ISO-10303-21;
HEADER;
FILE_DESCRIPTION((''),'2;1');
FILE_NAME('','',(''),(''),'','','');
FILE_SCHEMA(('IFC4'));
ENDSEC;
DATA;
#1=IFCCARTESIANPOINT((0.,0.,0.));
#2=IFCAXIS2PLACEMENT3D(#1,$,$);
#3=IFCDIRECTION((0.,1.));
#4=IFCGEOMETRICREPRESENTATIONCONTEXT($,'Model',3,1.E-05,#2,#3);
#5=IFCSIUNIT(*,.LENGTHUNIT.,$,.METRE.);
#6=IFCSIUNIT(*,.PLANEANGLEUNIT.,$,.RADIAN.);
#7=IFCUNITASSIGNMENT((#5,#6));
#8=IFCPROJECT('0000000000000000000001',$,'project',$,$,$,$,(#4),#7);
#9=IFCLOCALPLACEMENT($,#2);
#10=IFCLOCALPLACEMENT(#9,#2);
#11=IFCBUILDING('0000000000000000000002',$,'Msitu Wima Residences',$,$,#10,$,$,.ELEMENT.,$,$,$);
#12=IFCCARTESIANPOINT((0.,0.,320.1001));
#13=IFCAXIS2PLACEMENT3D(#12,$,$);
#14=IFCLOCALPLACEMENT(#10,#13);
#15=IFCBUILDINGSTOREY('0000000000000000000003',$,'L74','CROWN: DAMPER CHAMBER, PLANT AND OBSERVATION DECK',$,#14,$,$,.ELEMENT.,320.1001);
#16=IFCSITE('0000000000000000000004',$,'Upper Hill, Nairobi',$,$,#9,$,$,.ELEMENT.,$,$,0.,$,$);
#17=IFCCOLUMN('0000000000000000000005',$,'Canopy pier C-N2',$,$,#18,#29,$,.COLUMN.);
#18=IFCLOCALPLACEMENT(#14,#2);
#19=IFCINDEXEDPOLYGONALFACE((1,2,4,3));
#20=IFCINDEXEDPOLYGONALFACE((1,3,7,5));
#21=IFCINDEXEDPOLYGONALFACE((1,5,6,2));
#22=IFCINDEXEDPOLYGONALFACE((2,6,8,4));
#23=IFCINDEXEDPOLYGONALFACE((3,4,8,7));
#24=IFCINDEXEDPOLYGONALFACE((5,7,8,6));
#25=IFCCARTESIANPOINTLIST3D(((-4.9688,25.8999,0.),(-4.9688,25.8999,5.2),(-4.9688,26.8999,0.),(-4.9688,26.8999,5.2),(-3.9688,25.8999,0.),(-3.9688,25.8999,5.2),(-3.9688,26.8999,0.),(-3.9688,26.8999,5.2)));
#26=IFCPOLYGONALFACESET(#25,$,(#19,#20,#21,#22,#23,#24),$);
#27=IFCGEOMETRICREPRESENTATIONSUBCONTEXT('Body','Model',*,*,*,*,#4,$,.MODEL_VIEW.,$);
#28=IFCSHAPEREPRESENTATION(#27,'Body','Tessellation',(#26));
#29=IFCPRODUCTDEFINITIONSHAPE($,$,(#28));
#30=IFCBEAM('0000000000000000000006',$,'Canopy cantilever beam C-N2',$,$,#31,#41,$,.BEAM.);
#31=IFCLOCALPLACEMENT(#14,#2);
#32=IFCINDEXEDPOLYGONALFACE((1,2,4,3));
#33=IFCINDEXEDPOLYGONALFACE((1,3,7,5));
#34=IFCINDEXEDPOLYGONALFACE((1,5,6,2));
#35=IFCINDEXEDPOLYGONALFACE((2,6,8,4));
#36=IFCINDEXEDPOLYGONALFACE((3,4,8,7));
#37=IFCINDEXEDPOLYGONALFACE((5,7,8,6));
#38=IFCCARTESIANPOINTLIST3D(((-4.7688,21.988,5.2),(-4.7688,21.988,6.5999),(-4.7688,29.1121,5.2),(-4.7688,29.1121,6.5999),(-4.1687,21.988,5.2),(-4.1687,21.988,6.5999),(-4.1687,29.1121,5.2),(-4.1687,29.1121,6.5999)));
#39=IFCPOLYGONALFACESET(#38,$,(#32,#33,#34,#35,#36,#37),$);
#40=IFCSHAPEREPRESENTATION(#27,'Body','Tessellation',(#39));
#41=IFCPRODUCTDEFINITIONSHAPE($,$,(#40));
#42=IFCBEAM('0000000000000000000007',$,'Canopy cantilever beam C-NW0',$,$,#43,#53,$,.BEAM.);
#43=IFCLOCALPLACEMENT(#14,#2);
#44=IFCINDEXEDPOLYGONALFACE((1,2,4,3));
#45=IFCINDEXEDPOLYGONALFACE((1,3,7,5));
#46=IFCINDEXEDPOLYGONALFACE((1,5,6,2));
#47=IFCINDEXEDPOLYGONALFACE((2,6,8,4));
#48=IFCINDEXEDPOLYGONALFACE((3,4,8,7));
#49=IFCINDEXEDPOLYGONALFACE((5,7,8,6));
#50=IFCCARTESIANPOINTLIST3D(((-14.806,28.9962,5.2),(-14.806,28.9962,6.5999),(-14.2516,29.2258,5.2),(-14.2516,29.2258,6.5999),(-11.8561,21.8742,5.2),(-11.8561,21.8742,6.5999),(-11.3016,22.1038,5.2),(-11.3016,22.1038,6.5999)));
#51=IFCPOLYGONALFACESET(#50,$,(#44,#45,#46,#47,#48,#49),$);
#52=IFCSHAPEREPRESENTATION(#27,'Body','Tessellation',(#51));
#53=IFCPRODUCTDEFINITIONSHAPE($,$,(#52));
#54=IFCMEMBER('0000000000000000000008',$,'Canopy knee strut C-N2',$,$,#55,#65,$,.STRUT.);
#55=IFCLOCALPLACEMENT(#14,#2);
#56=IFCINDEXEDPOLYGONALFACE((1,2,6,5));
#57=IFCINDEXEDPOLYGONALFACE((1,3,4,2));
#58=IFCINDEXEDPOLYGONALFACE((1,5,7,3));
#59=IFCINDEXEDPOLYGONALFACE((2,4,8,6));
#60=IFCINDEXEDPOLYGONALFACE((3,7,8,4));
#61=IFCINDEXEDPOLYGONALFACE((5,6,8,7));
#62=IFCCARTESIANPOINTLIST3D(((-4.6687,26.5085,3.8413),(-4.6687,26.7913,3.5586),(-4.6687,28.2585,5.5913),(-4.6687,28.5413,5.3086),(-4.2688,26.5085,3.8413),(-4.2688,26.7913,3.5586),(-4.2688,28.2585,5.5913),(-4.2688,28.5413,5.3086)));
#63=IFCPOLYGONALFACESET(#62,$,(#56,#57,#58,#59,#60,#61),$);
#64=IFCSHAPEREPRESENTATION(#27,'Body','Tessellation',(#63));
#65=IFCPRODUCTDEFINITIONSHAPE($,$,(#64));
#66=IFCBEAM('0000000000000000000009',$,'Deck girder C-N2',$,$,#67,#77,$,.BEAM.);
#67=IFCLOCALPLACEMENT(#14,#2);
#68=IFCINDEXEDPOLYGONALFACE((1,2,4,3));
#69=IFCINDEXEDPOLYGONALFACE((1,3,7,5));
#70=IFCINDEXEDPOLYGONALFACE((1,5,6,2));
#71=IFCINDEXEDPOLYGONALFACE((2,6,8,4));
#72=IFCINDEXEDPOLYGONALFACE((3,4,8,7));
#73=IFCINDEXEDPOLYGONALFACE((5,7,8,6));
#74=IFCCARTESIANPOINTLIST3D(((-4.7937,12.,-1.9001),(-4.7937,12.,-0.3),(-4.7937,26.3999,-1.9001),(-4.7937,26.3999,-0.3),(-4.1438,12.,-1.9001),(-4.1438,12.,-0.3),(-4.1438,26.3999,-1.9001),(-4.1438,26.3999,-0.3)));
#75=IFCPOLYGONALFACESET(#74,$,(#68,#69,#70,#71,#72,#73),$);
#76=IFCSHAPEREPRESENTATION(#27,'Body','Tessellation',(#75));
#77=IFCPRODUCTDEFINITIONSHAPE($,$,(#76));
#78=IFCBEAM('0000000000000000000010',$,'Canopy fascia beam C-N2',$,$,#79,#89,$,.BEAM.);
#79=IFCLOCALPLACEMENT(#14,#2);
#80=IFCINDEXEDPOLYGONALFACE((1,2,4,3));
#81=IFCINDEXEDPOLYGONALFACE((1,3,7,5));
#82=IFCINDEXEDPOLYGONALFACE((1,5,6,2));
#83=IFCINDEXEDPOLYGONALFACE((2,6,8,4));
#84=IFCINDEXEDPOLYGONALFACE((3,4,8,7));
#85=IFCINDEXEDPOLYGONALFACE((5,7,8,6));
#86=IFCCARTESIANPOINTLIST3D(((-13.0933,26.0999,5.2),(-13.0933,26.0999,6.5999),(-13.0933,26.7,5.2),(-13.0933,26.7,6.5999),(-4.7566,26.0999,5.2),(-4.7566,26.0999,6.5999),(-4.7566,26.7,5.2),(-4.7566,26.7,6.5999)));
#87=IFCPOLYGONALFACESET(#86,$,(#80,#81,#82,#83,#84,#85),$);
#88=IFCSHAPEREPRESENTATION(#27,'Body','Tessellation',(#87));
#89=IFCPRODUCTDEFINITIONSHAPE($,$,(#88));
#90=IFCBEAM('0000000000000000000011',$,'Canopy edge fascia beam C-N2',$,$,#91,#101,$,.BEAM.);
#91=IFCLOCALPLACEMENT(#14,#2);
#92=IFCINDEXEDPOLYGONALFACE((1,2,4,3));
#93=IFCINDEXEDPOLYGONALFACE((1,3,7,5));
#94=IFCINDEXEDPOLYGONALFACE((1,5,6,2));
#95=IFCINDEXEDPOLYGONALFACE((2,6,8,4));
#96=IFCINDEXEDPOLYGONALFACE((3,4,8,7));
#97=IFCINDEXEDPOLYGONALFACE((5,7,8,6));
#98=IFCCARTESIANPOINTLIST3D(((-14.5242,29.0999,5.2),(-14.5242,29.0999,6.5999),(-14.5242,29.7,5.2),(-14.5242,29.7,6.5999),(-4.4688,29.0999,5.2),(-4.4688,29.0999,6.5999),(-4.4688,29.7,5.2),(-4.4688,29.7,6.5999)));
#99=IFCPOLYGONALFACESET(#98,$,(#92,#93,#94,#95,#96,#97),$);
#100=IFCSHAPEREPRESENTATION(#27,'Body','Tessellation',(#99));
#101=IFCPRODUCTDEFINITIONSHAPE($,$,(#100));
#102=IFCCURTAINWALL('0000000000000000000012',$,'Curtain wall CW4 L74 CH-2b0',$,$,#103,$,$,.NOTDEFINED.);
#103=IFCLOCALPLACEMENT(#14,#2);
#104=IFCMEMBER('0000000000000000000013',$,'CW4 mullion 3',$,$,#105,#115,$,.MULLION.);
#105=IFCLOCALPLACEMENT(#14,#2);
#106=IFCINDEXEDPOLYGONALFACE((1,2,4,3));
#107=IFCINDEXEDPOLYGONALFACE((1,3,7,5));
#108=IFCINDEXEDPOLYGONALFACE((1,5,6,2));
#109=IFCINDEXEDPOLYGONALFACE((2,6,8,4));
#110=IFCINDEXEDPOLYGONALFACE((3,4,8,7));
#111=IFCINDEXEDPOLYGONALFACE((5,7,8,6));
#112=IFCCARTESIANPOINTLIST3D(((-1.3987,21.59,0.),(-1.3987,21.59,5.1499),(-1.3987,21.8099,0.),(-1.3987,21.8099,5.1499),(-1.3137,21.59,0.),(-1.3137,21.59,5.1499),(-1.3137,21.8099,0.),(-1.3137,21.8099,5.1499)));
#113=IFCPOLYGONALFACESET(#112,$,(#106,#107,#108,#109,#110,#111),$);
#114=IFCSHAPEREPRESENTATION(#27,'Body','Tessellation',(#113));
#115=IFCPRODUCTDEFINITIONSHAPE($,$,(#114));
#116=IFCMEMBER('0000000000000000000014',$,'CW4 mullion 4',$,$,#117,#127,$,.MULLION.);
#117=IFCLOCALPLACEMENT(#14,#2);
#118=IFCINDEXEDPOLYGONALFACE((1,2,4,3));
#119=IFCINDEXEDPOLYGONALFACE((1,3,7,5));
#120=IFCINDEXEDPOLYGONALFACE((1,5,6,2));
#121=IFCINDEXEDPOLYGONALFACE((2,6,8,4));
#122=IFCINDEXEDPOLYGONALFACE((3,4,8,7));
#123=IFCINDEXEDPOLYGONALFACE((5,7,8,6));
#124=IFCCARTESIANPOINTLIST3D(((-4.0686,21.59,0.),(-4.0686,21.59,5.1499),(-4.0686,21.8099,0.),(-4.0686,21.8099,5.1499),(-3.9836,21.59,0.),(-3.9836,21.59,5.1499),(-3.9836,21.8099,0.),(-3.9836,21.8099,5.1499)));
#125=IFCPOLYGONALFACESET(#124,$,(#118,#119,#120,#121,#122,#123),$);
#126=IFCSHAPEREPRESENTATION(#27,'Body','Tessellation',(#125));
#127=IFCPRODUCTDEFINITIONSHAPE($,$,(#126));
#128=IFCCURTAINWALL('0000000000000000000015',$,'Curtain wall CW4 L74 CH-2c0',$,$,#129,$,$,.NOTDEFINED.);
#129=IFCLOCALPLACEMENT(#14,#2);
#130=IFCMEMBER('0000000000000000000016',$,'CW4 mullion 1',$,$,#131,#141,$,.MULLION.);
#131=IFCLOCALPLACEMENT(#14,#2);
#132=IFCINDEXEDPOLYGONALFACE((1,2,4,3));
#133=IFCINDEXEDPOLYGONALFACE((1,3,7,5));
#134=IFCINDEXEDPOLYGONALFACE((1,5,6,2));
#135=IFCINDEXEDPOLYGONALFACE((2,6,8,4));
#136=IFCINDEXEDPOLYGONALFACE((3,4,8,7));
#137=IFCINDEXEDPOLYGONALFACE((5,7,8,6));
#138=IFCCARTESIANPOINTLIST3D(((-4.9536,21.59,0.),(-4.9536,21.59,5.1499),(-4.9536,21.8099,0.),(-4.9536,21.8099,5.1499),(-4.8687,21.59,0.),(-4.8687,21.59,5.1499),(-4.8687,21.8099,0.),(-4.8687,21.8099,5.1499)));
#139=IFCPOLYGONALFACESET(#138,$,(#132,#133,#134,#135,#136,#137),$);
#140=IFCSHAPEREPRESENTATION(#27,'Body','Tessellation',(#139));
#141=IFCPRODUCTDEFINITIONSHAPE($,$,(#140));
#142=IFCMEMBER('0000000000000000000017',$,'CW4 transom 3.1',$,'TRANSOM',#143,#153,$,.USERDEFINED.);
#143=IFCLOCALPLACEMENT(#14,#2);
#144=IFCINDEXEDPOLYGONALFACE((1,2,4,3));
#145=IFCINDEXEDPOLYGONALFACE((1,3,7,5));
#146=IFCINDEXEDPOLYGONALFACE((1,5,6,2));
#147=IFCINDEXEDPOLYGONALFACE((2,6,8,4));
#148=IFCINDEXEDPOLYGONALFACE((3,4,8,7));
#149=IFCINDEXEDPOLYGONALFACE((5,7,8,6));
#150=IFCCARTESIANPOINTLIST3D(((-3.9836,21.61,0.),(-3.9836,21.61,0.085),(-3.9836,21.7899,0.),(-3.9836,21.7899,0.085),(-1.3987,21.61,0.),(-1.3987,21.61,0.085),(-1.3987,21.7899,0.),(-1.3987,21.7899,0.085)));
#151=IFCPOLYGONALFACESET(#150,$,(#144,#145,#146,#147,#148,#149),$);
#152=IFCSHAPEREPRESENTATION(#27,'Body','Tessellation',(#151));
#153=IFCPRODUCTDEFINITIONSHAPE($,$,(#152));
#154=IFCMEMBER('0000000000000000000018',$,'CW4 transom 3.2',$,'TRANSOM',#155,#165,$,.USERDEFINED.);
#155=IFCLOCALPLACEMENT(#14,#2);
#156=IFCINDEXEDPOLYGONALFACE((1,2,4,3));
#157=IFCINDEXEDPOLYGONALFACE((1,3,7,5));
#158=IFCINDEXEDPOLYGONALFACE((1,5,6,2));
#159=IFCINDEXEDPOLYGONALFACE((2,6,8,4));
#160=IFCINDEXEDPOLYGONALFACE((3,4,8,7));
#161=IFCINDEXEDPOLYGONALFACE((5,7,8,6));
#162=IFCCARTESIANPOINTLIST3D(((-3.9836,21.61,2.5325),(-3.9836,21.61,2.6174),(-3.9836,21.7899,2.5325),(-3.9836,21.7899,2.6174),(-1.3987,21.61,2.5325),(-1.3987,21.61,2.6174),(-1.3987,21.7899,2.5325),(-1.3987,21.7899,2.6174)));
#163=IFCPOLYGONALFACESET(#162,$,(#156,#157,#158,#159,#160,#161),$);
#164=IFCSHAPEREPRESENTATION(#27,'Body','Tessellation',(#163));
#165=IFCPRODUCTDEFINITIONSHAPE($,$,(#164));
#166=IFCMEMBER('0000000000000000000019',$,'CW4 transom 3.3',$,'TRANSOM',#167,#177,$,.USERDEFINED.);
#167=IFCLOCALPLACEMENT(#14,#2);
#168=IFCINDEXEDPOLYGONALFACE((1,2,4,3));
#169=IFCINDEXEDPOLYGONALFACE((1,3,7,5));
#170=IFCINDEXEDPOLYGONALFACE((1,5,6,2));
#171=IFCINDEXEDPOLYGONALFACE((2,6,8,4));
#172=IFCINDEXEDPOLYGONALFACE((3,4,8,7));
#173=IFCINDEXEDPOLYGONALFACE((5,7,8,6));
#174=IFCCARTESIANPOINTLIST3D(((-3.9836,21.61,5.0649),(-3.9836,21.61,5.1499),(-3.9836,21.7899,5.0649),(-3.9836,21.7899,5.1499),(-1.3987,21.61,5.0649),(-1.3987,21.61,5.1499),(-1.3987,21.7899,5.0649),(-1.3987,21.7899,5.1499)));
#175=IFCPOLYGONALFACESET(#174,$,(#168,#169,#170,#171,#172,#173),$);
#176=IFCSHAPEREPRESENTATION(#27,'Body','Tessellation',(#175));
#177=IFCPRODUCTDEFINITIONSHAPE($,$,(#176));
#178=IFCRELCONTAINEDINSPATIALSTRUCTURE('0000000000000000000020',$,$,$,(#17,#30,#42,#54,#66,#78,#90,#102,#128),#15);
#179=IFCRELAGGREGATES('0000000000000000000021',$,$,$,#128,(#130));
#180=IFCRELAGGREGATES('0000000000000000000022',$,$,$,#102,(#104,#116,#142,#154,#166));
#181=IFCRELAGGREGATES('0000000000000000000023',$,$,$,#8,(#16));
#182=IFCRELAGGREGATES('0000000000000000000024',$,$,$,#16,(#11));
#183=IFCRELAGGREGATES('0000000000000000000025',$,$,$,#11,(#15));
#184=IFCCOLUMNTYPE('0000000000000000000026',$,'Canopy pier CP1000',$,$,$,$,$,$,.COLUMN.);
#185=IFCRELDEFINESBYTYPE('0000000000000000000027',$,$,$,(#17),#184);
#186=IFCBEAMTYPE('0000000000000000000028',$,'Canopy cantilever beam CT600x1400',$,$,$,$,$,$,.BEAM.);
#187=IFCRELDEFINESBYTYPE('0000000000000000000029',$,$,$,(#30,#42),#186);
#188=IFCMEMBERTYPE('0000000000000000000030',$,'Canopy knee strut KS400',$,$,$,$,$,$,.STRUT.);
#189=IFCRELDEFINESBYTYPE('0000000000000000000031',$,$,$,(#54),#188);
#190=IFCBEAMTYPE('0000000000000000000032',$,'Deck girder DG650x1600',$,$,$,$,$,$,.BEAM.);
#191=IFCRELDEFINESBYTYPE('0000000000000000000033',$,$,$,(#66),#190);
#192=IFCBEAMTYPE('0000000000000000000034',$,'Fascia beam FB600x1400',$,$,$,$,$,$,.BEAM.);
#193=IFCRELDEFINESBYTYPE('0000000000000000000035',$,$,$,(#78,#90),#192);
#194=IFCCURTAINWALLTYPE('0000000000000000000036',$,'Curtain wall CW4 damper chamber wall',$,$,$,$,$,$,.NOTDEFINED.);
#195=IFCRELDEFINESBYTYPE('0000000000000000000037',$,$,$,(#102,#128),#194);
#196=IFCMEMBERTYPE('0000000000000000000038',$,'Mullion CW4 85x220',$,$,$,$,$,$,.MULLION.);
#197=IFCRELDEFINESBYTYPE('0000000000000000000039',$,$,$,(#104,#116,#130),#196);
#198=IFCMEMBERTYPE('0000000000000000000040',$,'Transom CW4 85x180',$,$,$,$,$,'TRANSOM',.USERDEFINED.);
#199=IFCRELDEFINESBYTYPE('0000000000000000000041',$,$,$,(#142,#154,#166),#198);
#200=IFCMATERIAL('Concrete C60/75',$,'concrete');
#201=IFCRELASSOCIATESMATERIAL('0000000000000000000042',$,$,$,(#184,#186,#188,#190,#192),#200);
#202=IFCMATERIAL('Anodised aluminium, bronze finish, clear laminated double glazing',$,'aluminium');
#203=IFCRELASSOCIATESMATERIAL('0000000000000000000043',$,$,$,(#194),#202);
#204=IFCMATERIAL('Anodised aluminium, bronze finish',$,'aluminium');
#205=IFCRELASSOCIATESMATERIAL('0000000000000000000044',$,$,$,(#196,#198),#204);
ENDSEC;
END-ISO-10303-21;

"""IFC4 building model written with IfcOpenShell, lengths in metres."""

from ifc_helpers import new_model, si_unit, direction, frame, origin, origin_2d, place, context, subcontext, project, spatial, rectangle, extrude, material, material_profile, profile_set, type_object, element, aggregate, save


model = new_model("IFC4")

# Units and contexts
model_context = context("Model", 3, precision=1e-05, world=origin(), true_north=direction((0.0, 1.0)))
body_context = subcontext(model_context, "Body", "Model", "MODEL_VIEW")
ifc_project = project(units=[si_unit("LENGTHUNIT", "METRE"), si_unit("PLANEANGLEUNIT", "RADIAN")], contexts=[model_context])

# Site, building, storey
site_placement = place(None, origin())
site = spatial("IfcSite", under=ifc_project, at=site_placement, Name="Upper Hill, Nairobi", CompositionType="ELEMENT", RefElevation=0.0)
building_placement = place(site_placement, origin())
building = spatial("IfcBuilding", under=site, at=building_placement, Name="Msitu Wima Residences", CompositionType="ELEMENT")
storey_placement = place(building_placement, frame((0.0, 0.0, 320.1001)))
storey = spatial("IfcBuildingStorey", under=building, at=storey_placement, Name="L74", Description="CROWN: DAMPER CHAMBER, PLANT AND OBSERVATION DECK", CompositionType="ELEMENT", Elevation=320.1001)

# Column
ifc_material_1 = material(Name="Concrete C60/75", Category="concrete")
ifc_material_profile_1 = material_profile(ifc_material_1, rectangle(XDim=1.0, YDim=1.0, at=origin_2d()), Name="RC 1000x1000")
ifc_profile_set_1 = profile_set([ifc_material_profile_1], Name="Concrete C60/75")
column_type = type_object("IfcColumnType", Name="Canopy pier CP1000", PredefinedType="COLUMN", material=ifc_profile_set_1)
column_placement = place(storey_placement, frame((-4.4688, 26.3999, 0.0), z_axis=(0.0, 0.0, 1.0), x_axis=(1.0, 0.0, 0.0)))
element("IfcColumn", 1, at=column_placement, inside=storey, type_object=column_type, Name="Canopy pier C-N2", PredefinedType="COLUMN", context=body_context, shape_type="SweptSolid", body=[
    extrude(rectangle(XDim=1.0, YDim=1.0, at=origin_2d()), origin(), (0.0, 0.0, 1.0), 5.2),
])

# Beams
ifc_material_profile_2 = material_profile(ifc_material_1, rectangle(XDim=0.6001, YDim=1.3999, at=origin_2d()), Name="RC 600x1400")
ifc_profile_set_2 = profile_set([ifc_material_profile_2], Name="Concrete C60/75")
beam_type_1 = type_object("IfcBeamType", Name="Canopy cantilever beam CT600x1400", PredefinedType="BEAM", material=ifc_profile_set_2)
beam_1_placement = place(storey_placement, frame((-4.4688, 21.988, 5.8999), z_axis=(0.0, 1.0, 0.0), x_axis=(-1.0, 0.0, 0.0)))
element("IfcBeam", 2, at=beam_1_placement, inside=storey, type_object=beam_type_1, Name="Canopy cantilever beam C-N2", PredefinedType="BEAM", context=body_context, shape_type="SweptSolid", body=[
    extrude(rectangle(XDim=0.6001, YDim=1.3999, at=origin_2d()), origin(), (0.0, 0.0, 1.0), 7.124),
])
beam_2_placement = place(storey_placement, frame((-11.5789, 21.989, 5.8999), z_axis=(-0.382672, 0.923884, 0.0), x_axis=(-0.923884, -0.382672, 0.0)))
element("IfcBeam", 3, at=beam_2_placement, inside=storey, type_object=beam_type_1, Name="Canopy cantilever beam C-NW0", PredefinedType="BEAM", context=body_context, shape_type="SweptSolid", body=[
    extrude(rectangle(XDim=0.6001, YDim=1.3999, at=origin_2d()), origin(), (0.0, 0.0, 1.0), 7.7087),
])

# Member
ifc_material_profile_3 = material_profile(ifc_material_1, rectangle(XDim=0.3999, YDim=0.3999, at=origin_2d()), Name="RC 400x400")
ifc_profile_set_3 = profile_set([ifc_material_profile_3], Name="Concrete C60/75")
member_type_1 = type_object("IfcMemberType", Name="Canopy knee strut KS400", PredefinedType="STRUT", material=ifc_profile_set_3)
member_1_placement = place(storey_placement, frame((-4.4688, 26.6499, 3.7), z_axis=(0.0, 0.707107, 0.707107), x_axis=(-1.0, 0.0, 0.0)))
element("IfcMember", 4, at=member_1_placement, inside=storey, type_object=member_type_1, Name="Canopy knee strut C-N2", PredefinedType="STRUT", context=body_context, shape_type="SweptSolid", body=[
    extrude(rectangle(XDim=0.3999, YDim=0.3999, at=origin_2d()), origin(), (0.0, 0.0, 1.0), 2.4749),
])

# Beams
ifc_material_profile_4 = material_profile(ifc_material_1, rectangle(XDim=0.6499, YDim=1.6001, at=origin_2d()), Name="RC 650x1600")
ifc_profile_set_4 = profile_set([ifc_material_profile_4], Name="Concrete C60/75")
beam_type_2 = type_object("IfcBeamType", Name="Deck girder DG650x1600", PredefinedType="BEAM", material=ifc_profile_set_4)
beam_3_placement = place(storey_placement, frame((-4.4688, 26.3999, -1.1001), z_axis=(0.0, -1.0, 0.0), x_axis=(1.0, 0.0, 0.0)))
element("IfcBeam", 5, at=beam_3_placement, inside=storey, type_object=beam_type_2, Name="Deck girder C-N2", PredefinedType="BEAM", context=body_context, shape_type="SweptSolid", body=[
    extrude(rectangle(XDim=0.6499, YDim=1.6001, at=origin_2d()), origin(), (0.0, 0.0, 1.0), 14.3999),
])
ifc_material_profile_5 = material_profile(ifc_material_1, rectangle(XDim=0.6001, YDim=1.3999, at=origin_2d()), Name="RC 600x1400")
ifc_profile_set_5 = profile_set([ifc_material_profile_5], Name="Concrete C60/75")
beam_type_3 = type_object("IfcBeamType", Name="Fascia beam FB600x1400", PredefinedType="BEAM", material=ifc_profile_set_5)
beam_4_placement = place(storey_placement, frame((-4.7566, 26.3999, 5.8999), z_axis=(-1.0, 0.0, 0.0), x_axis=(0.0, -1.0, 0.0)))
element("IfcBeam", 6, at=beam_4_placement, inside=storey, type_object=beam_type_3, Name="Canopy fascia beam C-N2", PredefinedType="BEAM", context=body_context, shape_type="SweptSolid", body=[
    extrude(rectangle(XDim=0.6001, YDim=1.3999, at=origin_2d()), origin(), (0.0, 0.0, 1.0), 8.3367),
])
beam_5_placement = place(storey_placement, frame((-4.4688, 29.3999, 5.8999), z_axis=(-1.0, 0.0, 0.0), x_axis=(0.0, -1.0, 0.0)))
element("IfcBeam", 7, at=beam_5_placement, inside=storey, type_object=beam_type_3, Name="Canopy edge fascia beam C-N2", PredefinedType="BEAM", context=body_context, shape_type="SweptSolid", body=[
    extrude(rectangle(XDim=0.6001, YDim=1.3999, at=origin_2d()), origin(), (0.0, 0.0, 1.0), 10.0554),
])

# Curtain wall, members
ifc_material_2 = material(Name="Anodised aluminium, bronze finish, clear laminated double glazing", Category="aluminium")
curtain_wall_type = type_object("IfcCurtainWallType", Name="Curtain wall CW4 damper chamber wall", PredefinedType="NOTDEFINED", material=ifc_material_2)
curtain_wall_1_placement = place(storey_placement, origin())
curtain_wall_1 = element("IfcCurtainWall", 8, at=curtain_wall_1_placement, inside=storey, type_object=curtain_wall_type, Name="Curtain wall CW4 L74 CH-2b0", PredefinedType="NOTDEFINED")
ifc_material_3 = material(Name="Anodised aluminium, bronze finish", Category="aluminium")
ifc_material_profile_6 = material_profile(ifc_material_3, rectangle(XDim=0.22, YDim=0.085, at=origin_2d()), Name="Mullion 85x220")
ifc_profile_set_6 = profile_set([ifc_material_profile_6], Name="Anodised aluminium, bronze finish")
member_type_2 = type_object("IfcMemberType", Name="Mullion CW4 85x220", PredefinedType="MULLION", material=ifc_profile_set_6)
member_2_placement = place(storey_placement, frame((-1.3562, 21.7, 0.0), z_axis=(0.0, 0.0, 1.0), x_axis=(0.0, -1.0, 0.0)))
member_2 = element("IfcMember", 9, at=member_2_placement, type_object=member_type_2, Name="CW4 mullion 3", PredefinedType="MULLION", context=body_context, shape_type="SweptSolid", body=[
    extrude(rectangle(XDim=0.22, YDim=0.085, at=origin_2d()), origin(), (0.0, 0.0, 1.0), 5.1499),
])
member_3_placement = place(storey_placement, frame((-4.0261, 21.7, 0.0), z_axis=(0.0, 0.0, 1.0), x_axis=(0.0, -1.0, 0.0)))
member_3 = element("IfcMember", 10, at=member_3_placement, type_object=member_type_2, Name="CW4 mullion 4", PredefinedType="MULLION", context=body_context, shape_type="SweptSolid", body=[
    extrude(rectangle(XDim=0.22, YDim=0.085, at=origin_2d()), origin(), (0.0, 0.0, 1.0), 5.1499),
])

# Curtain wall, member
curtain_wall_2_placement = place(storey_placement, origin())
curtain_wall_2 = element("IfcCurtainWall", 11, at=curtain_wall_2_placement, inside=storey, type_object=curtain_wall_type, Name="Curtain wall CW4 L74 CH-2c0", PredefinedType="NOTDEFINED")
member_4_placement = place(storey_placement, frame((-4.9111, 21.7, 0.0), z_axis=(0.0, 0.0, 1.0), x_axis=(0.0, -1.0, 0.0)))
member_4 = element("IfcMember", 12, at=member_4_placement, type_object=member_type_2, Name="CW4 mullion 1", PredefinedType="MULLION", context=body_context, shape_type="SweptSolid", body=[
    extrude(rectangle(XDim=0.22, YDim=0.085, at=origin_2d()), origin(), (0.0, 0.0, 1.0), 5.1499),
])

# Members
ifc_material_profile_7 = material_profile(ifc_material_3, rectangle(XDim=0.1799, YDim=0.085, at=origin_2d()), Name="Transom 85x180")
ifc_profile_set_7 = profile_set([ifc_material_profile_7], Name="Anodised aluminium, bronze finish")
member_type_3 = type_object("IfcMemberType", Name="Transom CW4 85x180", ElementType="TRANSOM", PredefinedType="USERDEFINED", material=ifc_profile_set_7)
member_5_placement = place(storey_placement, frame((-1.3987, 21.7, 0.0425), z_axis=(-1.0, 0.0, 0.0), x_axis=(0.0, -1.0, 0.0)))
member_5 = element("IfcMember", 13, at=member_5_placement, type_object=member_type_3, Name="CW4 transom 3.1", ObjectType="TRANSOM", PredefinedType="USERDEFINED", context=body_context, shape_type="SweptSolid", body=[
    extrude(rectangle(XDim=0.1799, YDim=0.085, at=origin_2d()), origin(), (0.0, 0.0, 1.0), 2.585),
])
member_6_placement = place(storey_placement, frame((-1.3987, 21.7, 2.575), z_axis=(-1.0, 0.0, 0.0), x_axis=(0.0, -1.0, 0.0)))
member_6 = element("IfcMember", 14, at=member_6_placement, type_object=member_type_3, Name="CW4 transom 3.2", ObjectType="TRANSOM", PredefinedType="USERDEFINED", context=body_context, shape_type="SweptSolid", body=[
    extrude(rectangle(XDim=0.1799, YDim=0.085, at=origin_2d()), origin(), (0.0, 0.0, 1.0), 2.585),
])
member_7_placement = place(storey_placement, frame((-1.3987, 21.7, 5.1074), z_axis=(-1.0, 0.0, 0.0), x_axis=(0.0, -1.0, 0.0)))
member_7 = element("IfcMember", 15, at=member_7_placement, type_object=member_type_3, Name="CW4 transom 3.3", ObjectType="TRANSOM", PredefinedType="USERDEFINED", context=body_context, shape_type="SweptSolid", body=[
    extrude(rectangle(XDim=0.1799, YDim=0.085, at=origin_2d()), origin(), (0.0, 0.0, 1.0), 2.585),
])
aggregate(curtain_wall_2, [member_4])

aggregate(curtain_wall_1, [member_2, member_3, member_5, member_6, member_7])

save(model, "model.ifc")
